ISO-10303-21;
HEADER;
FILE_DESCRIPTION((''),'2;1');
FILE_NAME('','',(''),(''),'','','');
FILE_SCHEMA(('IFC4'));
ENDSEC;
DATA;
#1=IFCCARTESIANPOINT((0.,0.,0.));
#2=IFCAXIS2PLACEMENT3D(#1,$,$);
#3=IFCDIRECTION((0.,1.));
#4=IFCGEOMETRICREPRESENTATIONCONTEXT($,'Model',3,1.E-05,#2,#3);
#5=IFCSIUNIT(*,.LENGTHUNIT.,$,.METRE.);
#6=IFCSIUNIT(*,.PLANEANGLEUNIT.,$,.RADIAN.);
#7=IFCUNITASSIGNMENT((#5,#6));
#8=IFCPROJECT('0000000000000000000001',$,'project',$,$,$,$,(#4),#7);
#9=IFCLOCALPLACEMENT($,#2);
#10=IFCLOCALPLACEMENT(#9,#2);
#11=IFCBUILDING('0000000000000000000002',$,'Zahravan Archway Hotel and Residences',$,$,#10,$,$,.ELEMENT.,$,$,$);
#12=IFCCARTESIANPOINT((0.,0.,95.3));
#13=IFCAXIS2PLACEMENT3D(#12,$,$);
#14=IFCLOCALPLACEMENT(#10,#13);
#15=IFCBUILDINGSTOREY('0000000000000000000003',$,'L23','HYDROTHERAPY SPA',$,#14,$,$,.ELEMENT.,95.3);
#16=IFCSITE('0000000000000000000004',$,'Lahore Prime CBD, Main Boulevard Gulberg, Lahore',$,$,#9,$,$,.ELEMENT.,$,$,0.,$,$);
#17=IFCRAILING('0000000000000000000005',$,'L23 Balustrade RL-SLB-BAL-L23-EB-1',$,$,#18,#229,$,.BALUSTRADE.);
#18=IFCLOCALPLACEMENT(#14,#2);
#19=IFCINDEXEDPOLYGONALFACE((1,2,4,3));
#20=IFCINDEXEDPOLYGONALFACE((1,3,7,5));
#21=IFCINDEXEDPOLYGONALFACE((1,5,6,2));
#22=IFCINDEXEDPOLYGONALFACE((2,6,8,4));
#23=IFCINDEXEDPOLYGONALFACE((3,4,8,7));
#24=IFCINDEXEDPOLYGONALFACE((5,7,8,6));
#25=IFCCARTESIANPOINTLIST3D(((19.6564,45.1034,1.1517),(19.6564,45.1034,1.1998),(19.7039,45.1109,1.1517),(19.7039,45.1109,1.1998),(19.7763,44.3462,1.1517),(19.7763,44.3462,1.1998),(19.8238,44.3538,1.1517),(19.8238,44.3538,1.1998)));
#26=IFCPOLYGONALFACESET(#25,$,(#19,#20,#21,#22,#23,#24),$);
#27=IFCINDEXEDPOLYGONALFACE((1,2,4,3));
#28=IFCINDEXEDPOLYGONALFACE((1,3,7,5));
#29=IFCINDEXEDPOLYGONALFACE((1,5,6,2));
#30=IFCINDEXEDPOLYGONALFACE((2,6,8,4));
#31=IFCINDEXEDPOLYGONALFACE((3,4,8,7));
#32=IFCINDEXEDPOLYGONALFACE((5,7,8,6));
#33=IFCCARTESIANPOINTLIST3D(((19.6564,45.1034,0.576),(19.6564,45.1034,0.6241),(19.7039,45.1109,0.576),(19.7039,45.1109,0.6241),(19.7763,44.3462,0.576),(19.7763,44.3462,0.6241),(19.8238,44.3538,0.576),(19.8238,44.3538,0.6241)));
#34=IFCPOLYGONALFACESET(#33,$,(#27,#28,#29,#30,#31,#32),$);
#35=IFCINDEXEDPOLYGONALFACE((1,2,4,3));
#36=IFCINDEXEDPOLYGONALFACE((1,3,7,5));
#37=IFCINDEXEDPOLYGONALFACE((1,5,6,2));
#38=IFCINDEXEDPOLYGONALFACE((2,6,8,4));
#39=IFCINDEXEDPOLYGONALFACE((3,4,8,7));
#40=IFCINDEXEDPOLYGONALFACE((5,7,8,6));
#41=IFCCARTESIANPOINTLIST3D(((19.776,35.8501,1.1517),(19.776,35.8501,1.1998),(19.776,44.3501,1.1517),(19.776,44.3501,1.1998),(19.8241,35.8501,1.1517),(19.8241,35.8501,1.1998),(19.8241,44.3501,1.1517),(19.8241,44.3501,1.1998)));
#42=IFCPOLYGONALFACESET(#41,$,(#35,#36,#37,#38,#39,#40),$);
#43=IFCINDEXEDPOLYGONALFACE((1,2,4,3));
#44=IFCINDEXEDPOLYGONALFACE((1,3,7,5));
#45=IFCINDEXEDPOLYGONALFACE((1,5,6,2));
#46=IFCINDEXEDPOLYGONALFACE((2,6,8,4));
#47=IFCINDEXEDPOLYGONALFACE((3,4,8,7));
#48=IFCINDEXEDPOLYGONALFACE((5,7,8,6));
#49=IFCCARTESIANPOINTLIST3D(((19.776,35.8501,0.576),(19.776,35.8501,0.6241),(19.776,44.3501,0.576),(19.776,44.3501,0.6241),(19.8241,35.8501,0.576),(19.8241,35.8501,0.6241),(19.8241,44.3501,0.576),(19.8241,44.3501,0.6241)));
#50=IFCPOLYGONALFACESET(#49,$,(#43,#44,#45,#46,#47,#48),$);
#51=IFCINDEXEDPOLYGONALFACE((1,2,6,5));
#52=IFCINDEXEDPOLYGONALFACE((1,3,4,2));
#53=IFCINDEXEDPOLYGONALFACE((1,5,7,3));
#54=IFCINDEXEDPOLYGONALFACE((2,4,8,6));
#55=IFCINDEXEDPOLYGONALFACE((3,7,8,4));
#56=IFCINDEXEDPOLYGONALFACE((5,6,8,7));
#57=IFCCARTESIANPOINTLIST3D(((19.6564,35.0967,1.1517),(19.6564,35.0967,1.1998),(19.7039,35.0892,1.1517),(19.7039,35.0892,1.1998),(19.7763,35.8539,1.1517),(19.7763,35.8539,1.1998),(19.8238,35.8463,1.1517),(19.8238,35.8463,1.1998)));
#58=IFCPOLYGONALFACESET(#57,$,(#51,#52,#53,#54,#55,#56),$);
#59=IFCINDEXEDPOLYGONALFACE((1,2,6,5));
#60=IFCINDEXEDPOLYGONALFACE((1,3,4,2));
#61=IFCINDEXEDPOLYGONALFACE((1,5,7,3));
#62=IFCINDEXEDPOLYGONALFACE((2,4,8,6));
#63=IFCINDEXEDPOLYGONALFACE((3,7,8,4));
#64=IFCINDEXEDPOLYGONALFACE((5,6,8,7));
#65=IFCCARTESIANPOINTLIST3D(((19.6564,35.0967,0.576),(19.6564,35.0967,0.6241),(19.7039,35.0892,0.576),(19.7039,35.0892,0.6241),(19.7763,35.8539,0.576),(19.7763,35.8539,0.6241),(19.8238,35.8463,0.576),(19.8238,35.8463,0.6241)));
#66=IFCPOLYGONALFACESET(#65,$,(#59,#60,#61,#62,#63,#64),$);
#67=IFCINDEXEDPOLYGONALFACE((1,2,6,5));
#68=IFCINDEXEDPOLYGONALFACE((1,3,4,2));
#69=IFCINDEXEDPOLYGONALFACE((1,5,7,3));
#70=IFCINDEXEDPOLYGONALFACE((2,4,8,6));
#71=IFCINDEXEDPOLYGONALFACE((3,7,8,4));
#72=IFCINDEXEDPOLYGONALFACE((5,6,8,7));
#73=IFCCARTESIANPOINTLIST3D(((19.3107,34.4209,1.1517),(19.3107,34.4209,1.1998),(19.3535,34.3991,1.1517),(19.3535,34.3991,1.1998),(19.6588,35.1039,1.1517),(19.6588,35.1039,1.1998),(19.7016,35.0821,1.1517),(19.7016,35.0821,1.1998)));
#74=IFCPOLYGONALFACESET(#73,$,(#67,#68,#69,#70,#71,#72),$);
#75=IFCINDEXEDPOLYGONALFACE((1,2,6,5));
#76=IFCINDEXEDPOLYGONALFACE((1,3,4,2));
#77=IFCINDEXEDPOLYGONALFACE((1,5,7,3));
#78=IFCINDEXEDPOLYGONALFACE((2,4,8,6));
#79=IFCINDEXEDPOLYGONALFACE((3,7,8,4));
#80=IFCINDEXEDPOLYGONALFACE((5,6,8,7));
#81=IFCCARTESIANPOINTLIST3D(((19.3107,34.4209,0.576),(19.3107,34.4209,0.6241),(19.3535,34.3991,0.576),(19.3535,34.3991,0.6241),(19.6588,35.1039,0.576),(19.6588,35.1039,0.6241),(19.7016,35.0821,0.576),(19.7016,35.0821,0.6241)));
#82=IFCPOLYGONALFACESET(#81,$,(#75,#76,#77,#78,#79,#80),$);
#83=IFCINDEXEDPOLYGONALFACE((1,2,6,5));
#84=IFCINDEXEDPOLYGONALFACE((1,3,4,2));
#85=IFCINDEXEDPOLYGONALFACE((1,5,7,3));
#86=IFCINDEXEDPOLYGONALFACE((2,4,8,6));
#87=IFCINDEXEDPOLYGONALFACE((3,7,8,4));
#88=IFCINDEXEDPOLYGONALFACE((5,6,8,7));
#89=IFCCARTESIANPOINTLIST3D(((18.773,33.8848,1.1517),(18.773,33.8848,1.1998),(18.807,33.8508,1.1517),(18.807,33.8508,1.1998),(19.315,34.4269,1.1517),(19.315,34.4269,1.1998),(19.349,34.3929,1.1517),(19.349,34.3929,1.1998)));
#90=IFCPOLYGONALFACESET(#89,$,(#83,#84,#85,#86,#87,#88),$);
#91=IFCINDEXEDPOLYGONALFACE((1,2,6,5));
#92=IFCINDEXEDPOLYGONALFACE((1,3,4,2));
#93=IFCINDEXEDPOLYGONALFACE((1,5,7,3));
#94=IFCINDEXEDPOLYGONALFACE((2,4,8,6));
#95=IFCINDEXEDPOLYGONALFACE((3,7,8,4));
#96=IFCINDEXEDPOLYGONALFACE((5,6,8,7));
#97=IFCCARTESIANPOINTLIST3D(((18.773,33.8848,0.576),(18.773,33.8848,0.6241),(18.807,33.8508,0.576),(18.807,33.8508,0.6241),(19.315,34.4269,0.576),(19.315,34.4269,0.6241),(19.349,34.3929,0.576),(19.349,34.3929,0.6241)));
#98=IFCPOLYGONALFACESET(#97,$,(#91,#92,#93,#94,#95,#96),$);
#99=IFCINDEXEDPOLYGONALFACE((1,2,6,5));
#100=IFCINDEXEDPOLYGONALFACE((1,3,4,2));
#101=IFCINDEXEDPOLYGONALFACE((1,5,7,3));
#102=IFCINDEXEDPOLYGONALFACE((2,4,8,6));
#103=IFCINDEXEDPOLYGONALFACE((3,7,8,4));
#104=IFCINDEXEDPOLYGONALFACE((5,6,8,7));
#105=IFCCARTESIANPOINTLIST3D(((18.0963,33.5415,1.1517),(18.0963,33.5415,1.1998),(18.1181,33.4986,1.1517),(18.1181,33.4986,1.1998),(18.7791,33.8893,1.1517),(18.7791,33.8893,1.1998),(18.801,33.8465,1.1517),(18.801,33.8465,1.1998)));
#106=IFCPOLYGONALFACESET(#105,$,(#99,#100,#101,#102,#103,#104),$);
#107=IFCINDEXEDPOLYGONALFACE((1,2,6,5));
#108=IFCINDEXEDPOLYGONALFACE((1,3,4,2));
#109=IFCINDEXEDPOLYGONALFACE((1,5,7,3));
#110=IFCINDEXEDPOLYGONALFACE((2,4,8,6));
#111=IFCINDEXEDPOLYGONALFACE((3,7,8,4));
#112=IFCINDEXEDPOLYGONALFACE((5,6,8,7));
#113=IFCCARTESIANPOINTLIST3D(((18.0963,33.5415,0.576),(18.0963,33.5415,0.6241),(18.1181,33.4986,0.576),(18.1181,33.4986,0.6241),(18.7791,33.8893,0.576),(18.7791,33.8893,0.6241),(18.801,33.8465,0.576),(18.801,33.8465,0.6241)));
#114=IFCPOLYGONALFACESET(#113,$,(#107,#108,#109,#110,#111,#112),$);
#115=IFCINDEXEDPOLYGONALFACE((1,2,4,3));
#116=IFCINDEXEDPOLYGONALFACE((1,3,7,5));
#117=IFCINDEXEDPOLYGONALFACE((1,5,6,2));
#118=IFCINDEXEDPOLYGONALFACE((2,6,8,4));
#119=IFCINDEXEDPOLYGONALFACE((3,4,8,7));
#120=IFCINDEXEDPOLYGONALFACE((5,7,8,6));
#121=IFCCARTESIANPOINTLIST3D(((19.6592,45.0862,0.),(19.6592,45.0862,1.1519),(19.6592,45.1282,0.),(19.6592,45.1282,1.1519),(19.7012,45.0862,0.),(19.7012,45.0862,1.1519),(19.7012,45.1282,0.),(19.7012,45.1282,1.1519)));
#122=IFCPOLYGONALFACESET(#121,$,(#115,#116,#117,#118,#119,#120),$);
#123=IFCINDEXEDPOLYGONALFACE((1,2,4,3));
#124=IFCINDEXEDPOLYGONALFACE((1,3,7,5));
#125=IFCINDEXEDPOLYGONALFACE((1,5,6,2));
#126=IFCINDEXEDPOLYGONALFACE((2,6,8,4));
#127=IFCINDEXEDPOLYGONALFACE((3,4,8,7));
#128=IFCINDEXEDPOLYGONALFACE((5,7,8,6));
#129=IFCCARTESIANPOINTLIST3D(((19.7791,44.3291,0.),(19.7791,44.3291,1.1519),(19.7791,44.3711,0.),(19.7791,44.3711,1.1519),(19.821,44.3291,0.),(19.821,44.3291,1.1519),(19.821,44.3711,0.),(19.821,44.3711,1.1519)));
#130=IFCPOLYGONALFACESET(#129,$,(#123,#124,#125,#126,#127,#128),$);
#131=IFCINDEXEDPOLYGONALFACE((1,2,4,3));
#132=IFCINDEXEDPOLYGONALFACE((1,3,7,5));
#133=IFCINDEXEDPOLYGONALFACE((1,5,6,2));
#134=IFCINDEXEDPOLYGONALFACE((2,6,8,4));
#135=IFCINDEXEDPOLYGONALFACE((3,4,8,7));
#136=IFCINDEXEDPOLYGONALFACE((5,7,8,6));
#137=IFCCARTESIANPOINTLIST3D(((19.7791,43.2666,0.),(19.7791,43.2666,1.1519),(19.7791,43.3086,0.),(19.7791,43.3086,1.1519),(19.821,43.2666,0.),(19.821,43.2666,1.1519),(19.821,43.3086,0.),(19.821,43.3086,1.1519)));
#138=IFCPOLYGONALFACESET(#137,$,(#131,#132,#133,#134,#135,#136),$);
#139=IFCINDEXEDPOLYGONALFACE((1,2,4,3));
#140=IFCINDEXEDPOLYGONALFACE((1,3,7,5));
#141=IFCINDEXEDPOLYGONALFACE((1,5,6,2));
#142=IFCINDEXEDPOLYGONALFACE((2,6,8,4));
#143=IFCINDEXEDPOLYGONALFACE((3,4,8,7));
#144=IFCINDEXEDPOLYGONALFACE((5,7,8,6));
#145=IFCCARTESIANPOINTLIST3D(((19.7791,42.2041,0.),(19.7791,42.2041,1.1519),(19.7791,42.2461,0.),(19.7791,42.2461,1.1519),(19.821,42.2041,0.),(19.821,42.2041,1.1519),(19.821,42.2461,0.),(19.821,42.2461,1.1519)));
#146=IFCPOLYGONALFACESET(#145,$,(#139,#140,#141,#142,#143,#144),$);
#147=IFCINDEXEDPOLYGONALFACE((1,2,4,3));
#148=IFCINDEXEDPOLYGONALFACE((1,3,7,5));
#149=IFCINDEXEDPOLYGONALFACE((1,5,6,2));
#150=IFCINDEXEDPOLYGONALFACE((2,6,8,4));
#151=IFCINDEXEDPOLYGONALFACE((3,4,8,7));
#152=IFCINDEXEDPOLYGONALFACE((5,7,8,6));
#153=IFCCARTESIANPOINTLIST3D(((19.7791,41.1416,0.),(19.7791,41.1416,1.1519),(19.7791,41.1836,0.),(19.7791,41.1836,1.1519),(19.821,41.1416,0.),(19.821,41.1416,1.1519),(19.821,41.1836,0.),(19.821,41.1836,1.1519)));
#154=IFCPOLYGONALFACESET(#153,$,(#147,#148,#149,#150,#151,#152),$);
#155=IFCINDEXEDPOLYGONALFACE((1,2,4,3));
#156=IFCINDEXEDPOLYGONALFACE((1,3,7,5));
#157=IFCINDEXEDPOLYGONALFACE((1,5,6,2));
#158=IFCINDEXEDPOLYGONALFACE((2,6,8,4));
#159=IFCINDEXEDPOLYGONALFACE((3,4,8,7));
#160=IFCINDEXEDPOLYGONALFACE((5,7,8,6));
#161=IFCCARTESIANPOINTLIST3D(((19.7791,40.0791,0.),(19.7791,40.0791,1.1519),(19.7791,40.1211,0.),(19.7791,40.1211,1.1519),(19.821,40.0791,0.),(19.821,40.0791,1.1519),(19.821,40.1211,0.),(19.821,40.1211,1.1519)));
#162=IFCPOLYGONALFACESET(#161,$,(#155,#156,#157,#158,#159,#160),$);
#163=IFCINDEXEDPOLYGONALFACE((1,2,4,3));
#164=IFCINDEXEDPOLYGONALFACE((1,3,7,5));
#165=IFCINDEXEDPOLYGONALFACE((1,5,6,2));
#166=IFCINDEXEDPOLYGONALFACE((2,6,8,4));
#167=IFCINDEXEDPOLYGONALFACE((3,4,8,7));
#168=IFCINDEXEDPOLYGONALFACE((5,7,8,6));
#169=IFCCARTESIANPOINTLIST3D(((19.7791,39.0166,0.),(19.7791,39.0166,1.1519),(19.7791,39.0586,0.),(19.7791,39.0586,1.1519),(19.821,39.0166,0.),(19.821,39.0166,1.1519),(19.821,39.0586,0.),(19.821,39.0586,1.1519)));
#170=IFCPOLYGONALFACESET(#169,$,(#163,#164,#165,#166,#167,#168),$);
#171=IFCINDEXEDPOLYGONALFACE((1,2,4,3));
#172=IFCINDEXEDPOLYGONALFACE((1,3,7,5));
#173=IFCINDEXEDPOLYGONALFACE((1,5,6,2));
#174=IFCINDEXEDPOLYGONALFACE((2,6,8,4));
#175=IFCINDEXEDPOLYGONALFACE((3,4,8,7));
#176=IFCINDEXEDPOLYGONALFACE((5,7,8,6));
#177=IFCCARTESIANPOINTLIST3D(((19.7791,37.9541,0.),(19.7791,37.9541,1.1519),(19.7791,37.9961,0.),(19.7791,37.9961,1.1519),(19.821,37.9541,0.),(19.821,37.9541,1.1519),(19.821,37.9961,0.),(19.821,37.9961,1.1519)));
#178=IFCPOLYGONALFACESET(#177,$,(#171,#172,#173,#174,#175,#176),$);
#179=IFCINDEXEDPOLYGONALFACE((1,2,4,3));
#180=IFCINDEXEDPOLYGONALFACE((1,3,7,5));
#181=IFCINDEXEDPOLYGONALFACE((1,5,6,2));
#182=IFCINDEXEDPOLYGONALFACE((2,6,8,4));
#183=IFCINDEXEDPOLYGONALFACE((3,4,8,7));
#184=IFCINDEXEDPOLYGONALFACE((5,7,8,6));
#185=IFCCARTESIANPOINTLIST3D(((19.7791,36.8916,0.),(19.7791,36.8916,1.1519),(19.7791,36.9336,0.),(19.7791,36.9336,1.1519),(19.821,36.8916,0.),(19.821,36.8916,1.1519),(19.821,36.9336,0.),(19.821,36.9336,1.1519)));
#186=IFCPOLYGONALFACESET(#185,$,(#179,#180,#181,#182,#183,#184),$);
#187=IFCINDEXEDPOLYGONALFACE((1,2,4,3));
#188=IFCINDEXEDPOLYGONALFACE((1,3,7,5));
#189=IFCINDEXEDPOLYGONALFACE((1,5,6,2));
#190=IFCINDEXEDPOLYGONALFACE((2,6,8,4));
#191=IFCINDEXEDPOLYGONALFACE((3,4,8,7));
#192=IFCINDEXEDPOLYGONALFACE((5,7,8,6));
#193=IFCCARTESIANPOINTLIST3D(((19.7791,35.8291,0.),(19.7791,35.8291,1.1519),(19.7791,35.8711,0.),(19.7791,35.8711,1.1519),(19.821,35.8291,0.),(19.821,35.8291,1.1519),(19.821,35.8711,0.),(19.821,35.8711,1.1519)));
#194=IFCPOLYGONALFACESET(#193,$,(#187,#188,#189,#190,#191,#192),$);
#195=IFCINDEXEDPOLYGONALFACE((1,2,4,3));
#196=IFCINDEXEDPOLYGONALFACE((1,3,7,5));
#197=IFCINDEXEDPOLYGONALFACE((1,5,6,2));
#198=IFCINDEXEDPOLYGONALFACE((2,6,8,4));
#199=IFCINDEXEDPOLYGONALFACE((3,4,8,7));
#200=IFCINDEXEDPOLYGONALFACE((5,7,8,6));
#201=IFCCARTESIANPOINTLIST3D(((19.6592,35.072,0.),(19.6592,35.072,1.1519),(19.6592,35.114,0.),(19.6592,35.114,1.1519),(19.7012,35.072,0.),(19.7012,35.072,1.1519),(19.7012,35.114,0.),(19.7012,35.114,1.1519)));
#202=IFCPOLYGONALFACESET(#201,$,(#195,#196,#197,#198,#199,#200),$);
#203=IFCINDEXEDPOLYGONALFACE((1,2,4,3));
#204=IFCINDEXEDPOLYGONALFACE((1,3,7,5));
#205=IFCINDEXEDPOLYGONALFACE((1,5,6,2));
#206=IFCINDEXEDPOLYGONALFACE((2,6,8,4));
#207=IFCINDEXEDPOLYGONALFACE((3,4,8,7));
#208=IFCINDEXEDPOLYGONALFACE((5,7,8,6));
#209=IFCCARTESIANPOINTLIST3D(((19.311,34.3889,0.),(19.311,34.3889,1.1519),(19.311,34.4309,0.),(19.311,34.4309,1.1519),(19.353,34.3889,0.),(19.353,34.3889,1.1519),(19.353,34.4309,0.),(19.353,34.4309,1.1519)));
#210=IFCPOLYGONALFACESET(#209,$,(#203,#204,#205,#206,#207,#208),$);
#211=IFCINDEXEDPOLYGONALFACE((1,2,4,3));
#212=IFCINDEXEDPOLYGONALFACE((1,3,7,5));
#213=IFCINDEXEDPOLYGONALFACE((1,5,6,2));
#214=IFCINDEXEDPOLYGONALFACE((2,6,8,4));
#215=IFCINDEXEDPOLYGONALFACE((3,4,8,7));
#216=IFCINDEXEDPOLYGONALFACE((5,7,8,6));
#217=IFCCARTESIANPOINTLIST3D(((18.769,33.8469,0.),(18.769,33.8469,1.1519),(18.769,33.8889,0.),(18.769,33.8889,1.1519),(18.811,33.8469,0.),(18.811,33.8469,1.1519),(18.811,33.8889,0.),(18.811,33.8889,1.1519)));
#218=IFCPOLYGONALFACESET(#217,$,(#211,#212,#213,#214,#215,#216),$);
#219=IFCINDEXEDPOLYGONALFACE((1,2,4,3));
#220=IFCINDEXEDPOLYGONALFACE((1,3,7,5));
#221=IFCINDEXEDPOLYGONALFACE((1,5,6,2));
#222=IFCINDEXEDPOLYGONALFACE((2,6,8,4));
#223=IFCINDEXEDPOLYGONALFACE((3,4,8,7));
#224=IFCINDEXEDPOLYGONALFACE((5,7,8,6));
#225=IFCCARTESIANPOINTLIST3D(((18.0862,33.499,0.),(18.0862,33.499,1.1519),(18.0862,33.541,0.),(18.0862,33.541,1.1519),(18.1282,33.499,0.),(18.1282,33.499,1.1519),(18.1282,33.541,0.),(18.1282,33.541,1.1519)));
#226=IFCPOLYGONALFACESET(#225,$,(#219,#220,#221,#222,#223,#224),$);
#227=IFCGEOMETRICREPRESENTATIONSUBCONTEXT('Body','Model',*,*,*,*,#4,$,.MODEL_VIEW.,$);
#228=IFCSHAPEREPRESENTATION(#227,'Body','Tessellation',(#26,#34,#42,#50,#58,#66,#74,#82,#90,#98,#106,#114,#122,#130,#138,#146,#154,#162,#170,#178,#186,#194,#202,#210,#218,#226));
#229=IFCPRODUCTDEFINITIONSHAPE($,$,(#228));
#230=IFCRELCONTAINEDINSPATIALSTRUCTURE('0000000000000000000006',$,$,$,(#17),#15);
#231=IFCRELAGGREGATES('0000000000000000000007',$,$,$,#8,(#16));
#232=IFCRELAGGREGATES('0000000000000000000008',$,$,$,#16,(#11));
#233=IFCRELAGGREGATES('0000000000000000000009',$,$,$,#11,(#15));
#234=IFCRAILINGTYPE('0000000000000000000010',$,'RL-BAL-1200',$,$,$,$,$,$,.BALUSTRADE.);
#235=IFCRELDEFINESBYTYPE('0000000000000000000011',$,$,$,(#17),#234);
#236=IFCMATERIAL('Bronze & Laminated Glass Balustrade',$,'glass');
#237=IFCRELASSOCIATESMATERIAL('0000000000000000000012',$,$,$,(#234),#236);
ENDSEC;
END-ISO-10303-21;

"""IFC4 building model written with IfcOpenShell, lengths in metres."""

from ifc_helpers import new_model, si_unit, direction, frame, origin, origin_2d, place, context, subcontext, project, spatial, rectangle, extrude, material, type_object, element, save


model = new_model("IFC4")

# Units and contexts
model_context = context("Model", 3, precision=1e-05, world=origin(), true_north=direction((0.0, 1.0)))
body_context = subcontext(model_context, "Body", "Model", "MODEL_VIEW")
ifc_project = project(units=[si_unit("LENGTHUNIT", "METRE"), si_unit("PLANEANGLEUNIT", "RADIAN")], contexts=[model_context])

# Site, building, storey
site_placement = place(None, origin())
site = spatial("IfcSite", under=ifc_project, at=site_placement, Name="Lahore Prime CBD, Main Boulevard Gulberg, Lahore", CompositionType="ELEMENT", RefElevation=0.0)
building_placement = place(site_placement, origin())
building = spatial("IfcBuilding", under=site, at=building_placement, Name="Zahravan Archway Hotel and Residences", CompositionType="ELEMENT")
storey_placement = place(building_placement, frame((0.0, 0.0, 95.3)))
storey = spatial("IfcBuildingStorey", under=building, at=storey_placement, Name="L23", Description="HYDROTHERAPY SPA", CompositionType="ELEMENT", Elevation=95.3)

# Railing
ifc_material_1 = material(Name="Bronze & Laminated Glass Balustrade", Category="glass")
railing_type = type_object("IfcRailingType", Name="RL-BAL-1200", PredefinedType="BALUSTRADE", material=ifc_material_1)
railing_placement = place(storey_placement, frame((19.6802, 45.1072, 0.0)))
element("IfcRailing", 1, at=railing_placement, inside=storey, type_object=railing_type, Name="L23 Balustrade RL-SLB-BAL-L23-EB-1", PredefinedType="BALUSTRADE", context=body_context, shape_type="SweptSolid", body=[
    extrude(rectangle(XDim=0.0481, YDim=0.0481, at=origin_2d()), frame((0.0, 0.0, 1.1758), z_axis=(0.156388, -0.987696, 0.0), x_axis=(0.987696, 0.156388, 0.0)), (0.0, 0.0, 1.0), 0.7666),
    extrude(rectangle(XDim=0.0481, YDim=0.0481, at=origin_2d()), frame((0.0, 0.0, 0.6001), z_axis=(0.156388, -0.987696, 0.0), x_axis=(0.987696, 0.156388, 0.0)), (0.0, 0.0, 1.0), 0.7666),
    extrude(rectangle(XDim=0.0481, YDim=0.0481, at=origin_2d()), frame((0.1199, -0.7571, 1.1758), z_axis=(0.0, -1.0, 0.0), x_axis=(1.0, 0.0, 0.0)), (0.0, 0.0, 1.0), 8.5),
    extrude(rectangle(XDim=0.0481, YDim=0.0481, at=origin_2d()), frame((0.1199, -0.7571, 0.6001), z_axis=(0.0, -1.0, 0.0), x_axis=(1.0, 0.0, 0.0)), (0.0, 0.0, 1.0), 8.5),
    extrude(rectangle(XDim=0.0481, YDim=0.0481, at=origin_2d()), frame((0.1199, -9.2571, 1.1758), z_axis=(-0.156388, -0.987696, 0.0), x_axis=(0.987696, -0.156388, 0.0)), (0.0, 0.0, 1.0), 0.7666),
    extrude(rectangle(XDim=0.0481, YDim=0.0481, at=origin_2d()), frame((0.1199, -9.2571, 0.6001), z_axis=(-0.156388, -0.987696, 0.0), x_axis=(0.987696, -0.156388, 0.0)), (0.0, 0.0, 1.0), 0.7666),
    extrude(rectangle(XDim=0.0481, YDim=0.0481, at=origin_2d()), frame((0.0, -10.0142, 1.1758), z_axis=(-0.454078, -0.890962, 0.0), x_axis=(0.890962, -0.454078, 0.0)), (0.0, 0.0, 1.0), 0.7666),
    extrude(rectangle(XDim=0.0481, YDim=0.0481, at=origin_2d()), frame((0.0, -10.0142, 0.6001), z_axis=(-0.454078, -0.890962, 0.0), x_axis=(0.890962, -0.454078, 0.0)), (0.0, 0.0, 1.0), 0.7666),
    extrude(rectangle(XDim=0.0481, YDim=0.0481, at=origin_2d()), frame((-0.3481, -10.6973, 1.1758), z_axis=(-0.707107, -0.707107, 0.0), x_axis=(0.707107, -0.707107, 0.0)), (0.0, 0.0, 1.0), 0.7666),
    extrude(rectangle(XDim=0.0481, YDim=0.0481, at=origin_2d()), frame((-0.3481, -10.6973, 0.6001), z_axis=(-0.707107, -0.707107, 0.0), x_axis=(0.707107, -0.707107, 0.0)), (0.0, 0.0, 1.0), 0.7666),
    extrude(rectangle(XDim=0.0481, YDim=0.0481, at=origin_2d()), frame((-0.8901, -11.2393, 1.1758), z_axis=(-0.891025, -0.453954, 0.0), x_axis=(0.453954, -0.891025, 0.0)), (0.0, 0.0, 1.0), 0.7664),
    extrude(rectangle(XDim=0.0481, YDim=0.0481, at=origin_2d()), frame((-0.8901, -11.2393, 0.6001), z_axis=(-0.891025, -0.453954, 0.0), x_axis=(0.453954, -0.891025, 0.0)), (0.0, 0.0, 1.0), 0.7664),
    extrude(rectangle(XDim=0.042, YDim=0.042, at=origin_2d()), origin(), (0.0, 0.0, 1.0), 1.1519),
    extrude(rectangle(XDim=0.042, YDim=0.042, at=origin_2d()), frame((0.1199, -0.7571, 0.0)), (0.0, 0.0, 1.0), 1.1519),
    extrude(rectangle(XDim=0.042, YDim=0.042, at=origin_2d()), frame((0.1199, -1.8196, 0.0)), (0.0, 0.0, 1.0), 1.1519),
    extrude(rectangle(XDim=0.042, YDim=0.042, at=origin_2d()), frame((0.1199, -2.8821, 0.0)), (0.0, 0.0, 1.0), 1.1519),
    extrude(rectangle(XDim=0.042, YDim=0.042, at=origin_2d()), frame((0.1199, -3.9446, 0.0)), (0.0, 0.0, 1.0), 1.1519),
    extrude(rectangle(XDim=0.042, YDim=0.042, at=origin_2d()), frame((0.1199, -5.0071, 0.0)), (0.0, 0.0, 1.0), 1.1519),
    extrude(rectangle(XDim=0.042, YDim=0.042, at=origin_2d()), frame((0.1199, -6.0696, 0.0)), (0.0, 0.0, 1.0), 1.1519),
    extrude(rectangle(XDim=0.042, YDim=0.042, at=origin_2d()), frame((0.1199, -7.1321, 0.0)), (0.0, 0.0, 1.0), 1.1519),
    extrude(rectangle(XDim=0.042, YDim=0.042, at=origin_2d()), frame((0.1199, -8.1946, 0.0)), (0.0, 0.0, 1.0), 1.1519),
    extrude(rectangle(XDim=0.042, YDim=0.042, at=origin_2d()), frame((0.1199, -9.2571, 0.0)), (0.0, 0.0, 1.0), 1.1519),
    extrude(rectangle(XDim=0.042, YDim=0.042, at=origin_2d()), frame((0.0, -10.0142, 0.0)), (0.0, 0.0, 1.0), 1.1519),
    extrude(rectangle(XDim=0.042, YDim=0.042, at=origin_2d()), frame((-0.3481, -10.6973, 0.0)), (0.0, 0.0, 1.0), 1.1519),
    extrude(rectangle(XDim=0.042, YDim=0.042, at=origin_2d()), frame((-0.8901, -11.2393, 0.0)), (0.0, 0.0, 1.0), 1.1519),
    extrude(rectangle(XDim=0.042, YDim=0.042, at=origin_2d()), frame((-1.573, -11.5872, 0.0)), (0.0, 0.0, 1.0), 1.1519),
])

save(model, "model.ifc")
